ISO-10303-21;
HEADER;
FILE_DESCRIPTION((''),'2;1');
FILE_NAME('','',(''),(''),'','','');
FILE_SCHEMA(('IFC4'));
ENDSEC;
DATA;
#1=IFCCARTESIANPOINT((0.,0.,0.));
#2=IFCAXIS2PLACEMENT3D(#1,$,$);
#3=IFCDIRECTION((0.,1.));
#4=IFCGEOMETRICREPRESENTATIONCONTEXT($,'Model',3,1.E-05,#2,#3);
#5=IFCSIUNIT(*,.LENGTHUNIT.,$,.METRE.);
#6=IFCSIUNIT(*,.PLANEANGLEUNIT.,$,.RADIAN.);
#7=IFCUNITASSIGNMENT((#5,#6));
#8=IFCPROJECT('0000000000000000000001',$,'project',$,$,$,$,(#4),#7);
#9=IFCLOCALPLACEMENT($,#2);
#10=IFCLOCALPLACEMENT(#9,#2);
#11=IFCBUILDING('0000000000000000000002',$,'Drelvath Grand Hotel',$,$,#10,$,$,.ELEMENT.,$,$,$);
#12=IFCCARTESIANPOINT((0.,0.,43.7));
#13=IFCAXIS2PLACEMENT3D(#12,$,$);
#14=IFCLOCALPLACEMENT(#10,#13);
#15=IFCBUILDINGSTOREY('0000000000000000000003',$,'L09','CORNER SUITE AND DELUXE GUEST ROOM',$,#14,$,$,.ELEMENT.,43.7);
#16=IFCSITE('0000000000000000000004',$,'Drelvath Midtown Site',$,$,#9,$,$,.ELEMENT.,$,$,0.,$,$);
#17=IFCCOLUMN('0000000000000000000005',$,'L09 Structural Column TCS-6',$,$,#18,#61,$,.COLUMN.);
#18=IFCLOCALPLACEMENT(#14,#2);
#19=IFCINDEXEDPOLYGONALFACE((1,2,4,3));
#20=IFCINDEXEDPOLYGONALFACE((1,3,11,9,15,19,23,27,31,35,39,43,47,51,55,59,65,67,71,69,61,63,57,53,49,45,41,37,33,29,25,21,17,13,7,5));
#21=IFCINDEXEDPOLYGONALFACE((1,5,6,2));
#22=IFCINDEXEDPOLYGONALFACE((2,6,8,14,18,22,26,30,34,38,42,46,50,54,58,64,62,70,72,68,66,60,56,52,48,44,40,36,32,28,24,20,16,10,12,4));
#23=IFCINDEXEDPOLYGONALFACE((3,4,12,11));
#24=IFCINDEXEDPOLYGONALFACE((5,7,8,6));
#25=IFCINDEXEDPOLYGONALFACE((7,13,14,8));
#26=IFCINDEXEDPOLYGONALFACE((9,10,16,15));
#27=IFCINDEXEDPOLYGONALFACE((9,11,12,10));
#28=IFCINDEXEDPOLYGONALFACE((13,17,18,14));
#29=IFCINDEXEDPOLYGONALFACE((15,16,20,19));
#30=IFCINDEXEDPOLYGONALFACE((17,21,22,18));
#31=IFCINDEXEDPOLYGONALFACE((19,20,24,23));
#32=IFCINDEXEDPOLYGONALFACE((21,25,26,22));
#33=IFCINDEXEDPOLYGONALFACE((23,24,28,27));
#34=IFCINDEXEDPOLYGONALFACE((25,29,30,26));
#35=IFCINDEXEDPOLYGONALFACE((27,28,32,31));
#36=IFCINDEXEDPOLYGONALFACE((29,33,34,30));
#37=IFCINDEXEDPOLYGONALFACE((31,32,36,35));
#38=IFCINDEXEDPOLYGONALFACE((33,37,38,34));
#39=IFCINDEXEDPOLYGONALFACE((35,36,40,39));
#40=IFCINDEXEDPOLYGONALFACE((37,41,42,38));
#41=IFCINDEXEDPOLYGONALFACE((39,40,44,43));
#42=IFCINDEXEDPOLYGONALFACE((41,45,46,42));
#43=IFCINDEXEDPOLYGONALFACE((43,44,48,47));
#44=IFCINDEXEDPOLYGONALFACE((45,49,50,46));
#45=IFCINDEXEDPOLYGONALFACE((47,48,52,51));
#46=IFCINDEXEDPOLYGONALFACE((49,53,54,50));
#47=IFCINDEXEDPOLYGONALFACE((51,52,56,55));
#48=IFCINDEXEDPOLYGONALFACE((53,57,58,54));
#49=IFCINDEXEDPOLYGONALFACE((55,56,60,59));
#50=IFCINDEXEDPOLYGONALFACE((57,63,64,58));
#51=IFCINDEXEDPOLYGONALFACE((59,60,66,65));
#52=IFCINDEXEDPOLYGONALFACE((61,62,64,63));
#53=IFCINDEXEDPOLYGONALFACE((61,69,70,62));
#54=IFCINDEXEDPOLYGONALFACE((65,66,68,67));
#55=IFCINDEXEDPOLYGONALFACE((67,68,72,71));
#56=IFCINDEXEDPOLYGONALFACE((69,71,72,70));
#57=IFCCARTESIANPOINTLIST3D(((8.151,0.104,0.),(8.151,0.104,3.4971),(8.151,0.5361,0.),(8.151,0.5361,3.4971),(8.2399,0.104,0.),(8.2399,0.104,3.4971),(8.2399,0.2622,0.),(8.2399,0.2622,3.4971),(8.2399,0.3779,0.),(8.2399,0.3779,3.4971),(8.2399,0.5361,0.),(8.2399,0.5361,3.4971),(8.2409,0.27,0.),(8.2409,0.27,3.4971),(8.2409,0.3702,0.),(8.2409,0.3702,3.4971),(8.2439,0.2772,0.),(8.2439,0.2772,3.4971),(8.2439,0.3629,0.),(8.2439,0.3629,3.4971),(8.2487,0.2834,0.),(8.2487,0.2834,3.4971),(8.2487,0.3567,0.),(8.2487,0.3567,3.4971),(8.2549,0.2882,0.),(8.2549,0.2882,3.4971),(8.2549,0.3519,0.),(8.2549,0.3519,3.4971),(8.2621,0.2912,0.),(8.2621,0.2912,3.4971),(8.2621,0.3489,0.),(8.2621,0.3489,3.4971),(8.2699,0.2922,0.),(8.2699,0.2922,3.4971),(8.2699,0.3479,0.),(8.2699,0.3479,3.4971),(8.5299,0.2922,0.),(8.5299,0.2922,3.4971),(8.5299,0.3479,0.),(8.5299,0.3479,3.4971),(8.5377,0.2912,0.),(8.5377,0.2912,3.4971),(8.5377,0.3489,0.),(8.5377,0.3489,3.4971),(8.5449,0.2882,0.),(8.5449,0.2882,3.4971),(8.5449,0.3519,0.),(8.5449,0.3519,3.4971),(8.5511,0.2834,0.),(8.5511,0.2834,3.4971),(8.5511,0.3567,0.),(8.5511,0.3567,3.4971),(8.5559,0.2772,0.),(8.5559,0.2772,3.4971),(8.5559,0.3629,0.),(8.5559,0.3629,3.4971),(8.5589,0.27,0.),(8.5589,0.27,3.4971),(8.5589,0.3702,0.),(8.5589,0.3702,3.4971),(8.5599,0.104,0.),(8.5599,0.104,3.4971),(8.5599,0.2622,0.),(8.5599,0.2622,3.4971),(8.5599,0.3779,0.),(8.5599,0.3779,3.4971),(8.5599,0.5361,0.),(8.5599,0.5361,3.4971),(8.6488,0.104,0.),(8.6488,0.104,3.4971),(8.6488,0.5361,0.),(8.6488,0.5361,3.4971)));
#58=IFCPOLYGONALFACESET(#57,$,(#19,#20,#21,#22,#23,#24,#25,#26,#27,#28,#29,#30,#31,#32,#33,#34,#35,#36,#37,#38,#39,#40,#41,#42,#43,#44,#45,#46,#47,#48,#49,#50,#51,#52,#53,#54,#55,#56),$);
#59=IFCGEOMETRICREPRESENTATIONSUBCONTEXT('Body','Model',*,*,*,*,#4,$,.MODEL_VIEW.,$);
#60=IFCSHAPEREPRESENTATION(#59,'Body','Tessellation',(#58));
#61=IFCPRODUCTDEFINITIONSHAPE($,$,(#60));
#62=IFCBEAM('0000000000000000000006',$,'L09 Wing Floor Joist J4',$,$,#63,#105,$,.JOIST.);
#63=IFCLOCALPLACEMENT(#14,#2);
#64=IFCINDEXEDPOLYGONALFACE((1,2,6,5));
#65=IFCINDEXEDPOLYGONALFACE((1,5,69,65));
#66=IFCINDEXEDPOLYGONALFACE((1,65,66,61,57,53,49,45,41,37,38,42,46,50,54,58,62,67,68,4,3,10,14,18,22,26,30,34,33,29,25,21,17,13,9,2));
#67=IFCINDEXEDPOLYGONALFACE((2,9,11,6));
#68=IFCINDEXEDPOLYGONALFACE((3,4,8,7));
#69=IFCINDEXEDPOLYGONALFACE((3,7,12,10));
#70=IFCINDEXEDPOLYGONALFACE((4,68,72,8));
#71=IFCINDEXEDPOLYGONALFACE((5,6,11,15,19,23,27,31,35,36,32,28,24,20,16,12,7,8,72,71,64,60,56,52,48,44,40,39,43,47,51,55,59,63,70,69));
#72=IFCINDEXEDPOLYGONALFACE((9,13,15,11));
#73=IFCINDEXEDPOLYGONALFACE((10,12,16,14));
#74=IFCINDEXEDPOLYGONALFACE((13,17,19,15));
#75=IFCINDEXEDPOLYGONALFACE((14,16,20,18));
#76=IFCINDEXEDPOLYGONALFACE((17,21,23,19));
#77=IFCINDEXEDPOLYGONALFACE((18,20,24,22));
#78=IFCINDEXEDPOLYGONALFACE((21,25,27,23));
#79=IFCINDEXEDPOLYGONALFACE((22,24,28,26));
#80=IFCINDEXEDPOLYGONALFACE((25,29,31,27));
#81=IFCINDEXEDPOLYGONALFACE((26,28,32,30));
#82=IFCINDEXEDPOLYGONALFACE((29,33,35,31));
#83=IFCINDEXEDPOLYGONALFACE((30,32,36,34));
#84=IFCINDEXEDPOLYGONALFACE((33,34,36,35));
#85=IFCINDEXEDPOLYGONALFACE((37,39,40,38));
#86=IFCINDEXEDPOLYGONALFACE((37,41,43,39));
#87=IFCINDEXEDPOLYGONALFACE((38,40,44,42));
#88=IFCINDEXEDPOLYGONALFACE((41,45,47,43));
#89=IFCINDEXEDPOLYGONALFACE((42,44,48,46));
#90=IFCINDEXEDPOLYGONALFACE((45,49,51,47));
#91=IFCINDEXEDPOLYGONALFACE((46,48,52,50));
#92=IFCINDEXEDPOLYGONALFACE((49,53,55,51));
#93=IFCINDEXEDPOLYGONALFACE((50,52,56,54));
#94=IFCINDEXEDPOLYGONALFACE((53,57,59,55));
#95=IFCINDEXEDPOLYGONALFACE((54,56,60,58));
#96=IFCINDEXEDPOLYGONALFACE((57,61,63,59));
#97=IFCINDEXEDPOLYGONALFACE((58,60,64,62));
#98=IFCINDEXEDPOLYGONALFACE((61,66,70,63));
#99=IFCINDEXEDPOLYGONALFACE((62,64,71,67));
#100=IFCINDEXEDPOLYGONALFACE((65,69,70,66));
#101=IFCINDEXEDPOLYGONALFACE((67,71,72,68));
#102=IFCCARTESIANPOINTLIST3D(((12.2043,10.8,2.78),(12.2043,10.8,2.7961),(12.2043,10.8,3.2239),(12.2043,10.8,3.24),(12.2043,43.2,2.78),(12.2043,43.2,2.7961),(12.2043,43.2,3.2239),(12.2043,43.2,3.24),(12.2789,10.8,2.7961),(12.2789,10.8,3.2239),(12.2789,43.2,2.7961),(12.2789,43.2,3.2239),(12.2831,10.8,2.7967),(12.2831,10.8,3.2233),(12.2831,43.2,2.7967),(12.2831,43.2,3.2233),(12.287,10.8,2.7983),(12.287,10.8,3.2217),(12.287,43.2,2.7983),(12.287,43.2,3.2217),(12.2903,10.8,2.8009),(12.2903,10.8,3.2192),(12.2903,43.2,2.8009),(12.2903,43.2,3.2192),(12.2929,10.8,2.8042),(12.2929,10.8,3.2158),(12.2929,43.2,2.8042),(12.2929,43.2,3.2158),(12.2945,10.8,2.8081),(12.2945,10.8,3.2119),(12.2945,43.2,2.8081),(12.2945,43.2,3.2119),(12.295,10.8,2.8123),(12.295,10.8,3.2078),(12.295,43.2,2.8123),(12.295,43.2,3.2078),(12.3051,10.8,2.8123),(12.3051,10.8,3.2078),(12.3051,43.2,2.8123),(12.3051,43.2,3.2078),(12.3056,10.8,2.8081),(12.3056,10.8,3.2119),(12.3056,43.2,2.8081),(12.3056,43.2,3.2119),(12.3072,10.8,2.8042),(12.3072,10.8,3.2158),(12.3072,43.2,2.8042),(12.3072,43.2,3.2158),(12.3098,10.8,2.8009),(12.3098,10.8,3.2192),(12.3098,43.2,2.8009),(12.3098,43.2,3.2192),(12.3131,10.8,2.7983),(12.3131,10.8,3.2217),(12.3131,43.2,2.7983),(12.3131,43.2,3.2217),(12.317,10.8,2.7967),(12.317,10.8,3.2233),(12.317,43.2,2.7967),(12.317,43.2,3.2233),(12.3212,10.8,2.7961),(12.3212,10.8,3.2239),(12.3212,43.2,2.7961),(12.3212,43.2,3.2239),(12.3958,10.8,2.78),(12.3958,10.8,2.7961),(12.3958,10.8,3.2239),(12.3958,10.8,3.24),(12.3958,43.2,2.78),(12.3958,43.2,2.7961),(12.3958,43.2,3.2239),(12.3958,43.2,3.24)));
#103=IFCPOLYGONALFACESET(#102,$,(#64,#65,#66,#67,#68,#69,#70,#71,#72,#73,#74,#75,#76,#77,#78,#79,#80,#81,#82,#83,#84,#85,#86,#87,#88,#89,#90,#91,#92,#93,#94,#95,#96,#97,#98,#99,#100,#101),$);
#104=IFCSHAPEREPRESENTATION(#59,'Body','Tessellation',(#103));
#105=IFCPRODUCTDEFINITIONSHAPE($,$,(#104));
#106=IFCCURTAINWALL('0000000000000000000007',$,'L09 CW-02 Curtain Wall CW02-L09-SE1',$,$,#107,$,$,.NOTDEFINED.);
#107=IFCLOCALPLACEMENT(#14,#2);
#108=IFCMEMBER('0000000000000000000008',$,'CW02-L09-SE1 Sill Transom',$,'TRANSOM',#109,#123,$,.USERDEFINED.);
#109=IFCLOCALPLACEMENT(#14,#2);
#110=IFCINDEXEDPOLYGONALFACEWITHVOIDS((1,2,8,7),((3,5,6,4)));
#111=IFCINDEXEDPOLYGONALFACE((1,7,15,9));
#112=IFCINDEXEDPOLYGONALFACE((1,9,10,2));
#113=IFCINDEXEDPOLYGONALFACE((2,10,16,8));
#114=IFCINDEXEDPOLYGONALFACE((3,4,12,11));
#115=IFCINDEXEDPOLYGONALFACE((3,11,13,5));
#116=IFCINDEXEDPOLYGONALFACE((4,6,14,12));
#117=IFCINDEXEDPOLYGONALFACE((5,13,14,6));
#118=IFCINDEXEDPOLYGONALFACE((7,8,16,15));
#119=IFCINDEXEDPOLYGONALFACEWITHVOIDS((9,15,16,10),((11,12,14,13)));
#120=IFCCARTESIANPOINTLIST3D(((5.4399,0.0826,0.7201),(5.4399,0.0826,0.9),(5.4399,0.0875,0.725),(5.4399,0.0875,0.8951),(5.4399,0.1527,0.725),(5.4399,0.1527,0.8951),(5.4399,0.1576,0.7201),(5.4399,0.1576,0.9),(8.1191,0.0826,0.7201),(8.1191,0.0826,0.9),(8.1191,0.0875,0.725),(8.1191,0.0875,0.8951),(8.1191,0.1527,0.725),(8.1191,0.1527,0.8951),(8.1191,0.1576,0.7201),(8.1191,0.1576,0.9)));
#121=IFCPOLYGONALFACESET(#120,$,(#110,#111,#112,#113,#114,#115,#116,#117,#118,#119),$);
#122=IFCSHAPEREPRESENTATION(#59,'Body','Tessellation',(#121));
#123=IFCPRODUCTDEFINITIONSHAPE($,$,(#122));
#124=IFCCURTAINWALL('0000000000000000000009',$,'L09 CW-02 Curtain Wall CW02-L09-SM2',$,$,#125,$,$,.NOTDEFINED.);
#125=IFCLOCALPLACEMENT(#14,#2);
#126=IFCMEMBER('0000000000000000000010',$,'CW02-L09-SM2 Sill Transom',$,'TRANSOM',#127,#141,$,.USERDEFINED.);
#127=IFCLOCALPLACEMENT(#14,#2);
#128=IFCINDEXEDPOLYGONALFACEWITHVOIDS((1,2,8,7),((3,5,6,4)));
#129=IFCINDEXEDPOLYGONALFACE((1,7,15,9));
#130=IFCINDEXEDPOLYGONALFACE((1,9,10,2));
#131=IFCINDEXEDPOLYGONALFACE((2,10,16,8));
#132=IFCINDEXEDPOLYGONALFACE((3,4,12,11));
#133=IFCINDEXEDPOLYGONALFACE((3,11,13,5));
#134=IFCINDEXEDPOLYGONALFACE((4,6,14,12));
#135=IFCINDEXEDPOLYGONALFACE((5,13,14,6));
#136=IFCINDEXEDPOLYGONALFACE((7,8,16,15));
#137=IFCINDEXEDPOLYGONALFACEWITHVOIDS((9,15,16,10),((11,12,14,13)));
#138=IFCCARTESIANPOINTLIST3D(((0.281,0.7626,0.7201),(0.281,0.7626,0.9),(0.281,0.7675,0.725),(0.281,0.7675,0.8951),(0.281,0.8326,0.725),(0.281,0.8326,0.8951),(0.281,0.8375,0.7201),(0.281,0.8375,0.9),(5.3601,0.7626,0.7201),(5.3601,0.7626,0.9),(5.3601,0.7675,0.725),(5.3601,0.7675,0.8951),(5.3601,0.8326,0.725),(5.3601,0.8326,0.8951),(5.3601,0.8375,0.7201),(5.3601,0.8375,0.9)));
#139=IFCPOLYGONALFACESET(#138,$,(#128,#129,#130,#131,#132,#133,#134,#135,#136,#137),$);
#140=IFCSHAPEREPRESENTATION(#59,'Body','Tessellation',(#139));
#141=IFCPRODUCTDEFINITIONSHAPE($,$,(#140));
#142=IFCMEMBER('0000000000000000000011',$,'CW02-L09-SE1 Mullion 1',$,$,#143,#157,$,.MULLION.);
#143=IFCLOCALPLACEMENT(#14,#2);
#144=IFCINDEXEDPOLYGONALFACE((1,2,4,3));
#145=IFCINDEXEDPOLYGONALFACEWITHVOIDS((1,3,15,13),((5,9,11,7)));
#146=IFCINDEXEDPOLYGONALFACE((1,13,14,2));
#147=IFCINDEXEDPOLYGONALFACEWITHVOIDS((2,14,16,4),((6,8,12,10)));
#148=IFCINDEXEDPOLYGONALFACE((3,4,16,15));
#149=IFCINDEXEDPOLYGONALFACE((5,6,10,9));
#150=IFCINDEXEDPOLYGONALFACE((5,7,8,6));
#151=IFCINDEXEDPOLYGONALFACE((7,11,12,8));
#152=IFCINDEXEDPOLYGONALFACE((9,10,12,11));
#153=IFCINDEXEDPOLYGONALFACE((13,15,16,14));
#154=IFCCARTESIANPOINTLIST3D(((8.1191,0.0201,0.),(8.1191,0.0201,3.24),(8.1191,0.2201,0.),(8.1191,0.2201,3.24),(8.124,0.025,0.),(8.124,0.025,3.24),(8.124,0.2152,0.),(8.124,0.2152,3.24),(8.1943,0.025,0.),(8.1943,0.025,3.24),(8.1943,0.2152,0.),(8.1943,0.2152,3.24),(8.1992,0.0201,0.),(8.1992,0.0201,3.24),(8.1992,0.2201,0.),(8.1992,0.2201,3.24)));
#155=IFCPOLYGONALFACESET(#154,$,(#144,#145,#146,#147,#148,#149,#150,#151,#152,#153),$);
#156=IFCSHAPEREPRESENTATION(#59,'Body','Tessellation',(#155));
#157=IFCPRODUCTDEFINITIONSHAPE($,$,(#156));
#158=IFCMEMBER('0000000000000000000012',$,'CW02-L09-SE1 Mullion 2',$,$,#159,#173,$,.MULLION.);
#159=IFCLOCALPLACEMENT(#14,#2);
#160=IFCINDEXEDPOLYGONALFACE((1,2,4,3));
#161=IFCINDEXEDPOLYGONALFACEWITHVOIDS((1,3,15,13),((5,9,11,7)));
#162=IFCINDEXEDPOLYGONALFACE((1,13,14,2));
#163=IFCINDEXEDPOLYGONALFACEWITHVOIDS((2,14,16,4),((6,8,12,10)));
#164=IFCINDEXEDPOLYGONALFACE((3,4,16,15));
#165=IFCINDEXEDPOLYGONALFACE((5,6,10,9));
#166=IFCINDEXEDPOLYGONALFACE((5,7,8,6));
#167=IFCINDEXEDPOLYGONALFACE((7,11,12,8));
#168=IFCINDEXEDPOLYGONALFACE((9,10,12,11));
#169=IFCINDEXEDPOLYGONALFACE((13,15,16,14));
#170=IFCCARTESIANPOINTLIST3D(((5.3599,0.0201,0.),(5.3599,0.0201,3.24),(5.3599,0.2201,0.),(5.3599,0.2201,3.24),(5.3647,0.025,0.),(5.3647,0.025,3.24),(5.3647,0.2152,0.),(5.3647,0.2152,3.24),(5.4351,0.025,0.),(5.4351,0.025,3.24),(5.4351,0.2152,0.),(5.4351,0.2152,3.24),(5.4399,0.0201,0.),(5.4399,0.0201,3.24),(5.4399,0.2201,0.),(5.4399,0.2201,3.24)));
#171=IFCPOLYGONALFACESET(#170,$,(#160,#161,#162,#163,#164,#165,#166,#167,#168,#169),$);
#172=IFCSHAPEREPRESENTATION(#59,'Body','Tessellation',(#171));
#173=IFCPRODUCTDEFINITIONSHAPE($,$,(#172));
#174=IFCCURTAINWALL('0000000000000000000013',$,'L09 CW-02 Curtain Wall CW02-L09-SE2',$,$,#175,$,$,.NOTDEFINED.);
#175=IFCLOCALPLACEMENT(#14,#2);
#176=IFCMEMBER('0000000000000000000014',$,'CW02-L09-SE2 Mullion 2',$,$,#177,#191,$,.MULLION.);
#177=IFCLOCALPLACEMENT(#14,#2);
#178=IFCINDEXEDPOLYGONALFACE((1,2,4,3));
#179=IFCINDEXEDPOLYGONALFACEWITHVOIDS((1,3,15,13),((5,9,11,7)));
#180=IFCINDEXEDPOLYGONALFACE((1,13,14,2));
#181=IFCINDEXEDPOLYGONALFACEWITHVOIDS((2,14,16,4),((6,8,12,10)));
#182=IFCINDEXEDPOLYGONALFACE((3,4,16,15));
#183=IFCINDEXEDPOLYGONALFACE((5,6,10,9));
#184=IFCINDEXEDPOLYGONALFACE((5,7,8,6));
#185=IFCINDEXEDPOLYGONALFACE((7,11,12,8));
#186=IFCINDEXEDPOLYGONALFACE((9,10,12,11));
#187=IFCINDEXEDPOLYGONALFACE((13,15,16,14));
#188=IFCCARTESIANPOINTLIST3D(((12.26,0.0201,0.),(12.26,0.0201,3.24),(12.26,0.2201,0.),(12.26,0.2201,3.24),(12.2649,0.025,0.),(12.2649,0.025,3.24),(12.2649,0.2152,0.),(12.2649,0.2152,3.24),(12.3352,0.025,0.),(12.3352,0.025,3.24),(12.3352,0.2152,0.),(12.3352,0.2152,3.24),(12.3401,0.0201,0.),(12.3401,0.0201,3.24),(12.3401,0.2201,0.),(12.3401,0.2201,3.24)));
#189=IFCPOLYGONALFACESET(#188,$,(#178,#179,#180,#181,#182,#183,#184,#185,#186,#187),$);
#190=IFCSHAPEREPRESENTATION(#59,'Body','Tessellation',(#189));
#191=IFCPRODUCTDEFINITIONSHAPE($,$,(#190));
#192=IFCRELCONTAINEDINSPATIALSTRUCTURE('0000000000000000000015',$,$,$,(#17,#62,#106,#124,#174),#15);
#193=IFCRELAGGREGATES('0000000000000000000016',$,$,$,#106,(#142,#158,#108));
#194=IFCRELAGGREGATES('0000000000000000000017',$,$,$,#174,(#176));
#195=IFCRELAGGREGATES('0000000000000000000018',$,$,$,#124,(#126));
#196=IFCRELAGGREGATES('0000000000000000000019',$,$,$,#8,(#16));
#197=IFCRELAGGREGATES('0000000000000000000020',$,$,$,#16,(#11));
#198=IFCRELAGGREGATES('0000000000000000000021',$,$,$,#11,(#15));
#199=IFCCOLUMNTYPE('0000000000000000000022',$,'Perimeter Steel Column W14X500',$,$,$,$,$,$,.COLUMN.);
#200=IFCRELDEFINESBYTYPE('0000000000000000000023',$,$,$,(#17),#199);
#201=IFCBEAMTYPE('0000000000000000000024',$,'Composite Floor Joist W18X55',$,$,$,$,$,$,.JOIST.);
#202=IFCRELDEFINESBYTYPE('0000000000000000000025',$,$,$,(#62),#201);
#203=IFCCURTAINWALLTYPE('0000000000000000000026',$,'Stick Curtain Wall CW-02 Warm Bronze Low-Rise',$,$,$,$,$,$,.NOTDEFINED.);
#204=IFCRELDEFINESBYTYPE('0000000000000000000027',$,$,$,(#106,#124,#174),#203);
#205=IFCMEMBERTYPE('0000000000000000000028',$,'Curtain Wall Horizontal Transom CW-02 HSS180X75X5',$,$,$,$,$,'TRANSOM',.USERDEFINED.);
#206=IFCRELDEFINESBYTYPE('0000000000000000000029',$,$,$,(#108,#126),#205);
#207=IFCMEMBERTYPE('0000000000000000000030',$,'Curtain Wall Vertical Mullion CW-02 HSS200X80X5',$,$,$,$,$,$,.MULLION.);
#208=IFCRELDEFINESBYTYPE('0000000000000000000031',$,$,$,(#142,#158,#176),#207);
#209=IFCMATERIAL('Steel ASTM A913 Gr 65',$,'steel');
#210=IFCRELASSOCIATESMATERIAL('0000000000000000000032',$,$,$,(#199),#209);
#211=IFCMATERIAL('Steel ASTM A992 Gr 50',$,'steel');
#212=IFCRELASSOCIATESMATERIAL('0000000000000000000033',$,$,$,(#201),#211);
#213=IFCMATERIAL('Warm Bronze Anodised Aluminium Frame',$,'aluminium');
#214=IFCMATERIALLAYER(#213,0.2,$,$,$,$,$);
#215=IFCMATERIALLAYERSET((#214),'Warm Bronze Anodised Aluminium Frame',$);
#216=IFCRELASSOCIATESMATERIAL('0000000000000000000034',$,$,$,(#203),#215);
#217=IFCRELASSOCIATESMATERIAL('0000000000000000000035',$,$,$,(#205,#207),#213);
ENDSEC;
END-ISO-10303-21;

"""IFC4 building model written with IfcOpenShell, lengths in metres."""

from ifc_helpers import new_model, si_unit, direction, frame, origin, origin_2d, place, context, subcontext, project, spatial, hollow_rectangle, i_section, extrude, material, layer, layer_set, material_profile, profile_set, type_object, element, aggregate, save


model = new_model("IFC4")

# Units and contexts
model_context = context("Model", 3, precision=1e-05, world=origin(), true_north=direction((0.0, 1.0)))
body_context = subcontext(model_context, "Body", "Model", "MODEL_VIEW")
ifc_project = project(units=[si_unit("LENGTHUNIT", "METRE"), si_unit("PLANEANGLEUNIT", "RADIAN")], contexts=[model_context])

# Site, building, storey
site_placement = place(None, origin())
site = spatial("IfcSite", under=ifc_project, at=site_placement, Name="Drelvath Midtown Site", CompositionType="ELEMENT", RefElevation=0.0)
building_placement = place(site_placement, origin())
building = spatial("IfcBuilding", under=site, at=building_placement, Name="Drelvath Grand Hotel", CompositionType="ELEMENT")
storey_placement = place(building_placement, frame((0.0, 0.0, 43.7)))
storey = spatial("IfcBuildingStorey", under=building, at=storey_placement, Name="L09", Description="CORNER SUITE AND DELUXE GUEST ROOM", CompositionType="ELEMENT", Elevation=43.7)

# Column
ifc_material_1 = material(Name="Steel ASTM A913 Gr 65", Category="steel")
ifc_material_profile_1 = material_profile(ifc_material_1, i_section(OverallWidth=0.4321, OverallDepth=0.4978, WebThickness=0.0557, FlangeThickness=0.0889, FilletRadius=0.03, at=origin_2d()), Name="W14X500")
ifc_profile_set_1 = profile_set([ifc_material_profile_1], Name="Steel ASTM A913 Gr 65")
column_type = type_object("IfcColumnType", Name="Perimeter Steel Column W14X500", PredefinedType="COLUMN", material=ifc_profile_set_1)
column_placement = place(storey_placement, frame((8.3999, 0.3201, 0.0), z_axis=(0.0, 0.0, 1.0), x_axis=(0.0, 1.0, 0.0)))
element("IfcColumn", 1, at=column_placement, inside=storey, type_object=column_type, Name="L09 Structural Column TCS-6", PredefinedType="COLUMN", context=body_context, shape_type="SweptSolid", body=[
    extrude(i_section(OverallWidth=0.4321, OverallDepth=0.4978, WebThickness=0.0557, FlangeThickness=0.0889, FilletRadius=0.03, at=origin_2d()), origin(), (0.0, 0.0, 1.0), 3.4971),
])

# Beam
ifc_material_2 = material(Name="Steel ASTM A992 Gr 50", Category="steel")
ifc_material_profile_2 = material_profile(ifc_material_2, i_section(OverallWidth=0.1914, OverallDepth=0.46, WebThickness=0.01, FlangeThickness=0.0161, FilletRadius=0.0161, at=origin_2d()), Name="W18X55")
ifc_profile_set_2 = profile_set([ifc_material_profile_2], Name="Steel ASTM A992 Gr 50")
beam_type_1 = type_object("IfcBeamType", Name="Composite Floor Joist W18X55", PredefinedType="JOIST", material=ifc_profile_set_2)
beam_1_placement = place(storey_placement, frame((12.3, 10.8, 3.01), z_axis=(0.0, 1.0, 0.0), x_axis=(-1.0, 0.0, 0.0)))
element("IfcBeam", 2, at=beam_1_placement, inside=storey, type_object=beam_type_1, Name="L09 Wing Floor Joist J4", PredefinedType="JOIST", context=body_context, shape_type="SweptSolid", body=[
    extrude(i_section(OverallWidth=0.1914, OverallDepth=0.46, WebThickness=0.01, FlangeThickness=0.0161, FilletRadius=0.0161, at=origin_2d()), origin(), (0.0, 0.0, 1.0), 32.3999),
])

# Curtain walls, members
ifc_material_3 = material(Name="Warm Bronze Anodised Aluminium Frame", Category="aluminium")
ifc_layer_1 = layer(ifc_material_3, 0.2)
ifc_layer_set_1 = layer_set([ifc_layer_1], Name="Warm Bronze Anodised Aluminium Frame")
curtain_wall_type = type_object("IfcCurtainWallType", Name="Stick Curtain Wall CW-02 Warm Bronze Low-Rise", PredefinedType="NOTDEFINED", material=ifc_layer_set_1)
curtain_wall_1_placement = place(storey_placement, origin())
curtain_wall_1 = element("IfcCurtainWall", 3, at=curtain_wall_1_placement, inside=storey, type_object=curtain_wall_type, Name="L09 CW-02 Curtain Wall CW02-L09-SE1", PredefinedType="NOTDEFINED")
ifc_material_profile_3 = material_profile(ifc_material_3, hollow_rectangle(XDim=0.075, YDim=0.1799, WallThickness=0.0049, at=origin_2d()), Name="HSS180X75X5")
ifc_profile_set_3 = profile_set([ifc_material_profile_3], Name="Warm Bronze Anodised Aluminium Frame")
member_type_1 = type_object("IfcMemberType", Name="Curtain Wall Horizontal Transom CW-02 HSS180X75X5", ElementType="TRANSOM", PredefinedType="USERDEFINED", material=ifc_profile_set_3)
member_1_placement = place(storey_placement, frame((8.1191, 0.1201, 0.8101), z_axis=(-1.0, 0.0, 0.0), x_axis=(0.0, -1.0, 0.0)))
member_1 = element("IfcMember", 4, at=member_1_placement, type_object=member_type_1, Name="CW02-L09-SE1 Sill Transom", ObjectType="TRANSOM", PredefinedType="USERDEFINED", context=body_context, shape_type="SweptSolid", body=[
    extrude(hollow_rectangle(XDim=0.075, YDim=0.1799, WallThickness=0.0049, at=origin_2d()), origin(), (0.0, 0.0, 1.0), 2.6792),
])
curtain_wall_2_placement = place(storey_placement, origin())
curtain_wall_2 = element("IfcCurtainWall", 5, at=curtain_wall_2_placement, inside=storey, type_object=curtain_wall_type, Name="L09 CW-02 Curtain Wall CW02-L09-SM2", PredefinedType="NOTDEFINED")
member_2_placement = place(storey_placement, frame((5.3601, 0.8, 0.8101), z_axis=(-1.0, 0.0, 0.0), x_axis=(0.0, -1.0, 0.0)))
member_2 = element("IfcMember", 6, at=member_2_placement, type_object=member_type_1, Name="CW02-L09-SM2 Sill Transom", ObjectType="TRANSOM", PredefinedType="USERDEFINED", context=body_context, shape_type="SweptSolid", body=[
    extrude(hollow_rectangle(XDim=0.075, YDim=0.1799, WallThickness=0.0049, at=origin_2d()), origin(), (0.0, 0.0, 1.0), 5.0791),
])

# Members
ifc_material_profile_4 = material_profile(ifc_material_3, hollow_rectangle(XDim=0.0801, YDim=0.2, WallThickness=0.0049, at=origin_2d()), Name="HSS200X80X5")
ifc_profile_set_4 = profile_set([ifc_material_profile_4], Name="Warm Bronze Anodised Aluminium Frame")
member_type_2 = type_object("IfcMemberType", Name="Curtain Wall Vertical Mullion CW-02 HSS200X80X5", PredefinedType="MULLION", material=ifc_profile_set_4)
member_3_placement = place(storey_placement, frame((8.1592, 0.1201, 0.0), z_axis=(0.0, 0.0, 1.0), x_axis=(1.0, 0.0, 0.0)))
member_3 = element("IfcMember", 7, at=member_3_placement, type_object=member_type_2, Name="CW02-L09-SE1 Mullion 1", PredefinedType="MULLION", context=body_context, shape_type="SweptSolid", body=[
    extrude(hollow_rectangle(XDim=0.0801, YDim=0.2, WallThickness=0.0049, at=origin_2d()), origin(), (0.0, 0.0, 1.0), 3.24),
])
member_4_placement = place(storey_placement, frame((5.3999, 0.1201, 0.0), z_axis=(0.0, 0.0, 1.0), x_axis=(1.0, 0.0, 0.0)))
member_4 = element("IfcMember", 8, at=member_4_placement, type_object=member_type_2, Name="CW02-L09-SE1 Mullion 2", PredefinedType="MULLION", context=body_context, shape_type="SweptSolid", body=[
    extrude(hollow_rectangle(XDim=0.0801, YDim=0.2, WallThickness=0.0049, at=origin_2d()), origin(), (0.0, 0.0, 1.0), 3.24),
])

# Curtain wall, member
curtain_wall_3_placement = place(storey_placement, origin())
curtain_wall_3 = element("IfcCurtainWall", 9, at=curtain_wall_3_placement, inside=storey, type_object=curtain_wall_type, Name="L09 CW-02 Curtain Wall CW02-L09-SE2", PredefinedType="NOTDEFINED")
member_5_placement = place(storey_placement, frame((12.3, 0.1201, 0.0), z_axis=(0.0, 0.0, 1.0), x_axis=(1.0, 0.0, 0.0)))
member_5 = element("IfcMember", 10, at=member_5_placement, type_object=member_type_2, Name="CW02-L09-SE2 Mullion 2", PredefinedType="MULLION", context=body_context, shape_type="SweptSolid", body=[
    extrude(hollow_rectangle(XDim=0.0801, YDim=0.2, WallThickness=0.0049, at=origin_2d()), origin(), (0.0, 0.0, 1.0), 3.24),
])

aggregate(curtain_wall_1, [member_3, member_4, member_1])
aggregate(curtain_wall_3, [member_5])
aggregate(curtain_wall_2, [member_2])

save(model, "model.ifc")
